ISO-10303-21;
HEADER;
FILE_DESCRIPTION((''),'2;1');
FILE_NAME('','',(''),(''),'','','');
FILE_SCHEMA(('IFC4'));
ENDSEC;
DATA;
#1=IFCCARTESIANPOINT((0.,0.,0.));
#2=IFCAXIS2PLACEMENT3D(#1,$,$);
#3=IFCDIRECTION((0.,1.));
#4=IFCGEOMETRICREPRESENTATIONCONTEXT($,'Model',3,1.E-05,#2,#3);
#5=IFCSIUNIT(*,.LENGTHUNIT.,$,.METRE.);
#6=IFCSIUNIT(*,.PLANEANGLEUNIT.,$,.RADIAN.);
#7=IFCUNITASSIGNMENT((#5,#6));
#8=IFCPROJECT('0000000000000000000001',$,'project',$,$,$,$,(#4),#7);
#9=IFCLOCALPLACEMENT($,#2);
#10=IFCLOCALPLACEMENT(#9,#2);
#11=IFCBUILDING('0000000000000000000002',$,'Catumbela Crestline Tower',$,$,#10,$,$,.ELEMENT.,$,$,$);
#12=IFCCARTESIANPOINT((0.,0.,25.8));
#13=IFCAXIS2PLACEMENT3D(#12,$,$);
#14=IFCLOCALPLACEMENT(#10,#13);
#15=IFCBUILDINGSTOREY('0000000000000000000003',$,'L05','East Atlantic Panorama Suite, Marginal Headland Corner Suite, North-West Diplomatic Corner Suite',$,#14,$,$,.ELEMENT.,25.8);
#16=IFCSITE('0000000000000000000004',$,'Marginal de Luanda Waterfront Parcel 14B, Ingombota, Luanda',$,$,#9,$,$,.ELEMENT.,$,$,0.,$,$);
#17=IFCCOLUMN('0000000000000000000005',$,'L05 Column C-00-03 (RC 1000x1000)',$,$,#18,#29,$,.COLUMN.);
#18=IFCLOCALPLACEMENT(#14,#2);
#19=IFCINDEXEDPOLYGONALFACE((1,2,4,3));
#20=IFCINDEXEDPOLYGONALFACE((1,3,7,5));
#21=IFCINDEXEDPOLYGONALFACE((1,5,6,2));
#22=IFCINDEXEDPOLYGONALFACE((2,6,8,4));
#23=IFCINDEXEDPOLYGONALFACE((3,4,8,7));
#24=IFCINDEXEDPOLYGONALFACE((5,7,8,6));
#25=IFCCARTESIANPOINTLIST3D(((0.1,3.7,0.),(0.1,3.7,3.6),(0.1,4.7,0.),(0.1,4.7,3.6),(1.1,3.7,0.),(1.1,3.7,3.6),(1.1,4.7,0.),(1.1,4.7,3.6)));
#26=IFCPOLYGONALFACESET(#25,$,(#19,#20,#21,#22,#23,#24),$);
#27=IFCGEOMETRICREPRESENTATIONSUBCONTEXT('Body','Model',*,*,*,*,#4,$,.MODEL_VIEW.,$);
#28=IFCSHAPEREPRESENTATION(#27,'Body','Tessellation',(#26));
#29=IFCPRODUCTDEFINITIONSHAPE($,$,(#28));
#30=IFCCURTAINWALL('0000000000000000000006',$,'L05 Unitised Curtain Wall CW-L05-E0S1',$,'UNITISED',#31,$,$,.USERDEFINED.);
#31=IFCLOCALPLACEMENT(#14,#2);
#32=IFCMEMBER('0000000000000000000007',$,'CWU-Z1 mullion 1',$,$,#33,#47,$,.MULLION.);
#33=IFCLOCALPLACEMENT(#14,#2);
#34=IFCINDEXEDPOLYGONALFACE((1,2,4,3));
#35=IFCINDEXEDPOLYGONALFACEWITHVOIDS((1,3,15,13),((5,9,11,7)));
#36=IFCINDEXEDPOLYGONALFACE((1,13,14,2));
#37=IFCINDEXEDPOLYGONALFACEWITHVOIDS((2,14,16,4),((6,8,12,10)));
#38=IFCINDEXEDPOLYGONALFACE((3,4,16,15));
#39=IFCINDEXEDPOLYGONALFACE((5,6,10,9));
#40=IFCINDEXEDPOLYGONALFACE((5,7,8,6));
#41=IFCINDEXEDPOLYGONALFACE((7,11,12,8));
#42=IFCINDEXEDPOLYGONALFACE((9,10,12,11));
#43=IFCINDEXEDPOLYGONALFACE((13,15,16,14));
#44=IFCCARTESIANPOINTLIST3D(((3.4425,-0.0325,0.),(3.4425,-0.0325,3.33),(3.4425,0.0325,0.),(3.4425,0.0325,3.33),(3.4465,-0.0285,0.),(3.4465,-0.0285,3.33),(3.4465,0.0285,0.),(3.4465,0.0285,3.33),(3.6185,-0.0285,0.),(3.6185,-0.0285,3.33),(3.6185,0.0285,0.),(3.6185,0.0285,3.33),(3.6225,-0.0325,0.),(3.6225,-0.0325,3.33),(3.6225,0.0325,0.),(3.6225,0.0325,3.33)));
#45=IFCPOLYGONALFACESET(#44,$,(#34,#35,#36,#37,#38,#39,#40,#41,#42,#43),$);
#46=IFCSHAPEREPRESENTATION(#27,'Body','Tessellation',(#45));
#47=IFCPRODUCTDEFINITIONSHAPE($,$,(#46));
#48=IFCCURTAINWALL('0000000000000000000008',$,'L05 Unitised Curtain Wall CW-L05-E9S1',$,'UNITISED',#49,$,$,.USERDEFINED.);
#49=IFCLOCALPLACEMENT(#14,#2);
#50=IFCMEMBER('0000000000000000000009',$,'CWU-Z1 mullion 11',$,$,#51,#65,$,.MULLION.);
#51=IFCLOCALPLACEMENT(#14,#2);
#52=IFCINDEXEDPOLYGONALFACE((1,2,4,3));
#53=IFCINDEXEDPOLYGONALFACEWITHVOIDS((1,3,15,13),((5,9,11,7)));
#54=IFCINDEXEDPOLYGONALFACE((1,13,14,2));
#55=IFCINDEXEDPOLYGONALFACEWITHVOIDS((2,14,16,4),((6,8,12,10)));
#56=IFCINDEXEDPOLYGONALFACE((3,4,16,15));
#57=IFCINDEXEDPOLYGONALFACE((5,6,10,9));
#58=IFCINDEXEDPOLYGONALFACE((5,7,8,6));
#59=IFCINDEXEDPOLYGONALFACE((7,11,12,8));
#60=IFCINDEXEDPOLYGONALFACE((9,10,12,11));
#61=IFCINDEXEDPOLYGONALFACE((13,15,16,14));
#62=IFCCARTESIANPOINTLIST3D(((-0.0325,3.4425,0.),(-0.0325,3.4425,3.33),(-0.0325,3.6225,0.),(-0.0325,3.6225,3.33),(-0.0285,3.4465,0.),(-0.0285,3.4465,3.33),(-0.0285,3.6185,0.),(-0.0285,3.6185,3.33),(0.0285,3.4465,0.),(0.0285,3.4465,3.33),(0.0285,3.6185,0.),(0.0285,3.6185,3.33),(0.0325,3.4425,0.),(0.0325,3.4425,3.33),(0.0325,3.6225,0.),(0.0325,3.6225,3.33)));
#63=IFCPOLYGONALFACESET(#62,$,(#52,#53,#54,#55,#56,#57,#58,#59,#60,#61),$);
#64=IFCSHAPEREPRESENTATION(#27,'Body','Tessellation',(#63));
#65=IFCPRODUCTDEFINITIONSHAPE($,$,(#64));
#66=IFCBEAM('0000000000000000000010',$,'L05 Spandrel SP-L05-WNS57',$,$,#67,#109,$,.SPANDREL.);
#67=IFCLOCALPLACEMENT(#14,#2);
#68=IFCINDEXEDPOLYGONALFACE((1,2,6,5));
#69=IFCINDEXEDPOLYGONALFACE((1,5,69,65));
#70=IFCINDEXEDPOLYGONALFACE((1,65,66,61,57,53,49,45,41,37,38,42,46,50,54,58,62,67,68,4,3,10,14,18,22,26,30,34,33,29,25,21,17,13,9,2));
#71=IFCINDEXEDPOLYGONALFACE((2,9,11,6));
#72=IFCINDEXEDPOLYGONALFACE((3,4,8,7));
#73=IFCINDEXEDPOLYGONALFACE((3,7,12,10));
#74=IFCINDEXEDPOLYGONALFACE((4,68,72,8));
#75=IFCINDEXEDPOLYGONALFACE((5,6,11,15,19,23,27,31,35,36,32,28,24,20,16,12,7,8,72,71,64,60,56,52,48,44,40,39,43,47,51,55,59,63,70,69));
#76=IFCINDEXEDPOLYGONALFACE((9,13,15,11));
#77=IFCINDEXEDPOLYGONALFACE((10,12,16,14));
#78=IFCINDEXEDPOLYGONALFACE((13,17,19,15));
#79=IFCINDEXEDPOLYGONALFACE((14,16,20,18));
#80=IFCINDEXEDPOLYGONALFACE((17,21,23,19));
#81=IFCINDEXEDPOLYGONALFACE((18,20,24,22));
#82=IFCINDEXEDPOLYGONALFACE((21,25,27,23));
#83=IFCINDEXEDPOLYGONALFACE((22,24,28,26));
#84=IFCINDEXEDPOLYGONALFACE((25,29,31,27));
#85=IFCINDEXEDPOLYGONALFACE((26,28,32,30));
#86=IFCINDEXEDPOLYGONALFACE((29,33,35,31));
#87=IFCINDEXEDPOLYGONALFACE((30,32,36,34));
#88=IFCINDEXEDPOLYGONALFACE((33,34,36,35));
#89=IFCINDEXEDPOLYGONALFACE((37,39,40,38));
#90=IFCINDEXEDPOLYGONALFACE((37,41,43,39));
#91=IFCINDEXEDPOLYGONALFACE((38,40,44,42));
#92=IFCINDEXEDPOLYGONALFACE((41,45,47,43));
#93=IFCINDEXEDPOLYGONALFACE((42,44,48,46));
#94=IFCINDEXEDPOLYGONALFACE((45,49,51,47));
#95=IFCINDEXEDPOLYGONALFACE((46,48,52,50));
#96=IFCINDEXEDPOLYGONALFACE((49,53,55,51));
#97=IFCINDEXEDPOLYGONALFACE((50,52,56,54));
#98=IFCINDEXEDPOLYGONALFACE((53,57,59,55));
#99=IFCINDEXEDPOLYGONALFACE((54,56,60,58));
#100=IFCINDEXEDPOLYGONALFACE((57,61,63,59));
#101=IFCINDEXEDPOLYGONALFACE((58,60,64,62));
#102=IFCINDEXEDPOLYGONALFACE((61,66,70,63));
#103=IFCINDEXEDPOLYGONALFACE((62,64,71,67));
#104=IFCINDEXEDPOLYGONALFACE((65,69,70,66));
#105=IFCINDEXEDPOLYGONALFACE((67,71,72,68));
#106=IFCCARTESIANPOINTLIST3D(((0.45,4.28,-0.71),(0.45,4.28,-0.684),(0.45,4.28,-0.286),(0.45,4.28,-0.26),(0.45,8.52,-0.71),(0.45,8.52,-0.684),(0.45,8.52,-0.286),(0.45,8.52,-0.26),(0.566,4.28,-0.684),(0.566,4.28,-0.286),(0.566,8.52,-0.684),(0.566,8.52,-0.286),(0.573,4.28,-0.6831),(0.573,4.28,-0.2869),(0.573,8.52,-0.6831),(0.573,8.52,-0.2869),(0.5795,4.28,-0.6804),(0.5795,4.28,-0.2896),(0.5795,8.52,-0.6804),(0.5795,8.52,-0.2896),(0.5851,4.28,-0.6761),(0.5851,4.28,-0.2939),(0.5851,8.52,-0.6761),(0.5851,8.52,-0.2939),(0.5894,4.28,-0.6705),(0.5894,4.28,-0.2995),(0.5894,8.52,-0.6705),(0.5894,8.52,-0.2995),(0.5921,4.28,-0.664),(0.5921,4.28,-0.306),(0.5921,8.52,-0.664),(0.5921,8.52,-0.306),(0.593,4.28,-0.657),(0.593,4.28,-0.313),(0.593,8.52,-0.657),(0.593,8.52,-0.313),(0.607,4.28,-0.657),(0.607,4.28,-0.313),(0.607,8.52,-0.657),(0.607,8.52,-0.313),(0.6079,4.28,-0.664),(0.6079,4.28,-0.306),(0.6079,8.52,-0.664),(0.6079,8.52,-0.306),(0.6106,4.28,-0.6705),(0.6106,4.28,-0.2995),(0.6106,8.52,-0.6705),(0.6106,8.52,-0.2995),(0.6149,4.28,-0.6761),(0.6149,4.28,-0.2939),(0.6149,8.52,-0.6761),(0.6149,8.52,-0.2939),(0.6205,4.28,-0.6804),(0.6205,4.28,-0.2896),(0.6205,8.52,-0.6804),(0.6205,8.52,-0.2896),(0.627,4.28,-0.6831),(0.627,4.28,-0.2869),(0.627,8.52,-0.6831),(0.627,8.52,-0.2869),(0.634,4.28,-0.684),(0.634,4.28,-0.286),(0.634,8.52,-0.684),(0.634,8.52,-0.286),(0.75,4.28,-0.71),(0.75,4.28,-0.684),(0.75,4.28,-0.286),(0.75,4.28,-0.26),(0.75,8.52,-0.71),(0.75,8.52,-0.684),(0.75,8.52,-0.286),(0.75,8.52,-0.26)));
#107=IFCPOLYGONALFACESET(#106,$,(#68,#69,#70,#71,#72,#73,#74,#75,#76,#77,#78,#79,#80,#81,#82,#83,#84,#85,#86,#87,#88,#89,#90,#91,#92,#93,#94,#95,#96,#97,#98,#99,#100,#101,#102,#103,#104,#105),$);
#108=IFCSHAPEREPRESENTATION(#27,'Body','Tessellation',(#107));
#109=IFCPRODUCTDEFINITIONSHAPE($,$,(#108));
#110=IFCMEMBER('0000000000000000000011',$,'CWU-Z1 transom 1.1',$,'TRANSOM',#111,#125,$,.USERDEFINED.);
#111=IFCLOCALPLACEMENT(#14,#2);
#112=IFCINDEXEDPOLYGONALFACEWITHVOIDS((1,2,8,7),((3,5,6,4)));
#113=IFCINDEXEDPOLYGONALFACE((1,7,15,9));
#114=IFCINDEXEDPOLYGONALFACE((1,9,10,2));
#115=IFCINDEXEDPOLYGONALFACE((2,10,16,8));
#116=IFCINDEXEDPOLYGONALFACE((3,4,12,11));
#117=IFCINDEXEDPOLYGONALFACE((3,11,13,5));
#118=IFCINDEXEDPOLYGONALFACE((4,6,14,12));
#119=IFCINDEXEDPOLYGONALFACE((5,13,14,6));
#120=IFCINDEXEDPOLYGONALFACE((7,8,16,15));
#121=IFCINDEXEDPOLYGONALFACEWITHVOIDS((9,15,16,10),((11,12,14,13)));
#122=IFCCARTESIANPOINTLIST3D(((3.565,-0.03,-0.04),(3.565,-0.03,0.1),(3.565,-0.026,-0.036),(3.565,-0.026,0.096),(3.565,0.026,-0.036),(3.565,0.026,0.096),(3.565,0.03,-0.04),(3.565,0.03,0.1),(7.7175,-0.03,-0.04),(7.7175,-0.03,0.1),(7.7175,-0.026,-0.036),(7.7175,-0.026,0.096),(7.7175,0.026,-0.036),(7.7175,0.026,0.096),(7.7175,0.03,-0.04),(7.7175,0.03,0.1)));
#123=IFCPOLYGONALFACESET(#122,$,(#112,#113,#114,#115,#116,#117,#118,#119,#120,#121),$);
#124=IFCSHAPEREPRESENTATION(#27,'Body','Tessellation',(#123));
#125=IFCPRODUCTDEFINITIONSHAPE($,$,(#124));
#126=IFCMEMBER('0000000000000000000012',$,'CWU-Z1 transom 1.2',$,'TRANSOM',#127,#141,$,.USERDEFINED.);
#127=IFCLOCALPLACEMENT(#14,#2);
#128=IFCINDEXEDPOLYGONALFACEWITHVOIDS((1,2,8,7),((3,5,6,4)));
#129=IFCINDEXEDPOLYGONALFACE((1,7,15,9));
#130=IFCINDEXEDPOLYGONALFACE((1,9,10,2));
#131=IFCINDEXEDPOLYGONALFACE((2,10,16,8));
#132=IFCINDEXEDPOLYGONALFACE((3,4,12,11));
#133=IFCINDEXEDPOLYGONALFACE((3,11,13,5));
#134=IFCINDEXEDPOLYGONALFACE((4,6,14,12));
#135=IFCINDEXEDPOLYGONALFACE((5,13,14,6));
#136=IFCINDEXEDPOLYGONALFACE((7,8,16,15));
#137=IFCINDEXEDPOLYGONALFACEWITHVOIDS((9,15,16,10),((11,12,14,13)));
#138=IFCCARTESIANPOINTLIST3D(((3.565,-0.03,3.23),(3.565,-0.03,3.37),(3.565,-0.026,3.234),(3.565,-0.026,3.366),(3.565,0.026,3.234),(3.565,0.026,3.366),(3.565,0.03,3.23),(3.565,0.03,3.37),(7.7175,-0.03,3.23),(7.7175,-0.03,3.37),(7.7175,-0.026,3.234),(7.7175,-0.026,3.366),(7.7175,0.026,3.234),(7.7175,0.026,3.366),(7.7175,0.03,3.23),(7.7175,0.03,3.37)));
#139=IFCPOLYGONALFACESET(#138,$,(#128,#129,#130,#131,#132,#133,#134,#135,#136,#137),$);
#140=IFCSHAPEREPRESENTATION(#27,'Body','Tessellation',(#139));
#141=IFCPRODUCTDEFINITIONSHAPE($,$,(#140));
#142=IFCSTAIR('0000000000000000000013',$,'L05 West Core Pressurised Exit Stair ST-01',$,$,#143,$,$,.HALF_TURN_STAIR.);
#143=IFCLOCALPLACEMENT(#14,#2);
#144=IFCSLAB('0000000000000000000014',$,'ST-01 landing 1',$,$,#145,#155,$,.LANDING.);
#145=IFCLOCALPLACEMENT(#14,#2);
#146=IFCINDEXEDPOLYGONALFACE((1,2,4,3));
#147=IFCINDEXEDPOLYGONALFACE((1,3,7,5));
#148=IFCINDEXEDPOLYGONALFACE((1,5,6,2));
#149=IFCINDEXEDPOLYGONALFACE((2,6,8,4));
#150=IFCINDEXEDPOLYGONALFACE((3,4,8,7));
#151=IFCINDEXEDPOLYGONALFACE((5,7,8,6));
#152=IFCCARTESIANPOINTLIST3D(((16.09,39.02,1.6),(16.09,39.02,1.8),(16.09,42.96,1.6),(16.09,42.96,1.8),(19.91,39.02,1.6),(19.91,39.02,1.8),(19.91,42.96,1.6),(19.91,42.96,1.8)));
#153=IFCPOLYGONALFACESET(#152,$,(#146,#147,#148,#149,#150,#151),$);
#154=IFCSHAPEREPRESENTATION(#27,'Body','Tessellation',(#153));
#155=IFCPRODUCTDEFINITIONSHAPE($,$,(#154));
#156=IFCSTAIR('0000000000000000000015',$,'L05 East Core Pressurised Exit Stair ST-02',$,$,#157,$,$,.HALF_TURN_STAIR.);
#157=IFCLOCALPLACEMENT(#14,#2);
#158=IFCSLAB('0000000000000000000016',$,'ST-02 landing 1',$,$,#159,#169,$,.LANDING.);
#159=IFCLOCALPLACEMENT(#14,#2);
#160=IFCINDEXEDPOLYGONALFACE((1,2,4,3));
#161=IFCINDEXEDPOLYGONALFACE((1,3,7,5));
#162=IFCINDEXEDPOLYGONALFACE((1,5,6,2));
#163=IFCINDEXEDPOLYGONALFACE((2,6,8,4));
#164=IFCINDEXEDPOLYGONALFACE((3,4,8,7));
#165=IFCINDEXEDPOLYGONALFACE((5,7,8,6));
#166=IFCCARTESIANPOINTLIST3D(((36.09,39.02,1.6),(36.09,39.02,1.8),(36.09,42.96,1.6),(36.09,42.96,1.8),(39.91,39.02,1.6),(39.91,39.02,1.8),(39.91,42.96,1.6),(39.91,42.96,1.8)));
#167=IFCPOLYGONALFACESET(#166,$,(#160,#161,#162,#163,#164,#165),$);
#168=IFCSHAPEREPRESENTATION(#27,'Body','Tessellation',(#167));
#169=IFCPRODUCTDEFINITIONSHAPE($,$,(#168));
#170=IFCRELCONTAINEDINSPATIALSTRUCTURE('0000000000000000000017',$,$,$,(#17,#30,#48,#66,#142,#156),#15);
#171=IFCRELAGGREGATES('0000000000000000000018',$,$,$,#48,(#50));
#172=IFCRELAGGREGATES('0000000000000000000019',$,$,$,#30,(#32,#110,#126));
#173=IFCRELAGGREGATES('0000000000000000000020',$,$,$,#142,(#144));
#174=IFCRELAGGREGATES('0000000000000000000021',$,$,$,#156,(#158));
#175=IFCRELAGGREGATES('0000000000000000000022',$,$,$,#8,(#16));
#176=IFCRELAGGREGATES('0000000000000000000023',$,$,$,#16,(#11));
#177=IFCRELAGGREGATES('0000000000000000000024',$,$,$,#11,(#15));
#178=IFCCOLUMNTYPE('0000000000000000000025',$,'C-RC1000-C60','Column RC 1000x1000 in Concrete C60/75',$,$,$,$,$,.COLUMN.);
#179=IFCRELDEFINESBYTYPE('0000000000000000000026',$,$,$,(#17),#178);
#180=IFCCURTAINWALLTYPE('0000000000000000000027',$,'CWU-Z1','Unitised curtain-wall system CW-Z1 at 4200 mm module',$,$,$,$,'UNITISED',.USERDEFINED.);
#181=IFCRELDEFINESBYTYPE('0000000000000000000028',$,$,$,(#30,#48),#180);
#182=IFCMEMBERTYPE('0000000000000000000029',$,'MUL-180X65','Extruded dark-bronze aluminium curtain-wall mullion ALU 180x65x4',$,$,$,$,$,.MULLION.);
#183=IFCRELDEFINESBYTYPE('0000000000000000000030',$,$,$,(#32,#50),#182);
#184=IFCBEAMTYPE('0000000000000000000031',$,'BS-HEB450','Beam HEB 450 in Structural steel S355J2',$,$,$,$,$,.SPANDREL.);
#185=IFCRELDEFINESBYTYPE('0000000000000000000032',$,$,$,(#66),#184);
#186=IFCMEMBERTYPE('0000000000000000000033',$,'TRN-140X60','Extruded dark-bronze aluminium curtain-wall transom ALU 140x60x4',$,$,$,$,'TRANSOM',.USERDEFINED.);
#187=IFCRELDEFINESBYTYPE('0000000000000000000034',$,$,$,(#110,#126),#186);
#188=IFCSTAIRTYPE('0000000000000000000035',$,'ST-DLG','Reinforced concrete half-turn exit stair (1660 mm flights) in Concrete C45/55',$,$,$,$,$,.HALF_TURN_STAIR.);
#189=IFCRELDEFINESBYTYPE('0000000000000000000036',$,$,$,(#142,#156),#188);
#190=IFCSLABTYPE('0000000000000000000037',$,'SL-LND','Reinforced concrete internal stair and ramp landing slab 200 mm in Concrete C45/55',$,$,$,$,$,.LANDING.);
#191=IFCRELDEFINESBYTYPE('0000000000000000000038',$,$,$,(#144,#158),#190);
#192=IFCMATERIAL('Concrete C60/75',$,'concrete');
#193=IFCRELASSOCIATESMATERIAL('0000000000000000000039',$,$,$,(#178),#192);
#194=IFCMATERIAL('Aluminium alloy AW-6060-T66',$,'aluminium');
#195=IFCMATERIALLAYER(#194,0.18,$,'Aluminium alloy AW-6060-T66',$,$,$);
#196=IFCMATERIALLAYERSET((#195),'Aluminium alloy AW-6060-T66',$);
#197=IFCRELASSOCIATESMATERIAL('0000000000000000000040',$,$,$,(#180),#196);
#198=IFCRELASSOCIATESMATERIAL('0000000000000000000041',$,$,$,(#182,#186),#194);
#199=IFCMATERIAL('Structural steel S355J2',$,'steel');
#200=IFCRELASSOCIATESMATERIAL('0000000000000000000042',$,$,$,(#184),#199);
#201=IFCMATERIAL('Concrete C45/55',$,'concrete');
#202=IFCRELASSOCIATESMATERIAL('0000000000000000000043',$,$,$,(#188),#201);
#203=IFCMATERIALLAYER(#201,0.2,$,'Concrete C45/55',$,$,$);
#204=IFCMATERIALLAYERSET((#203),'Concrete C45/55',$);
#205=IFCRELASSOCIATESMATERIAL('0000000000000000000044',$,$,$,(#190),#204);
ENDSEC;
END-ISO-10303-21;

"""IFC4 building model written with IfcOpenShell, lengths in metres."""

from ifc_helpers import new_model, si_unit, direction, frame, origin, origin_2d, place, context, subcontext, project, spatial, polyline, rectangle, hollow_rectangle, i_section, outline, extrude, material, layer, layer_set, material_profile, profile_set, type_object, element, aggregate, save


model = new_model("IFC4")

# Units and contexts
model_context = context("Model", 3, precision=1e-05, world=origin(), true_north=direction((0.0, 1.0)))
body_context = subcontext(model_context, "Body", "Model", "MODEL_VIEW")
ifc_project = project(units=[si_unit("LENGTHUNIT", "METRE"), si_unit("PLANEANGLEUNIT", "RADIAN")], contexts=[model_context])

# Site, building, storey
site_placement = place(None, origin())
site = spatial("IfcSite", under=ifc_project, at=site_placement, Name="Marginal de Luanda Waterfront Parcel 14B, Ingombota, Luanda", CompositionType="ELEMENT", RefElevation=0.0)
building_placement = place(site_placement, origin())
building = spatial("IfcBuilding", under=site, at=building_placement, Name="Catumbela Crestline Tower", CompositionType="ELEMENT")
storey_placement = place(building_placement, frame((0.0, 0.0, 25.8)))
storey = spatial("IfcBuildingStorey", under=building, at=storey_placement, Name="L05", Description="East Atlantic Panorama Suite, Marginal Headland Corner Suite, North-West Diplomatic Corner Suite", CompositionType="ELEMENT", Elevation=25.8)

# Column
ifc_material_1 = material(Name="Concrete C60/75", Category="concrete")
ifc_material_profile_1 = material_profile(ifc_material_1, rectangle(XDim=1.0, YDim=1.0, at=origin_2d()), Name="RC 1000x1000")
ifc_profile_set_1 = profile_set([ifc_material_profile_1], Name="Concrete C60/75")
column_type = type_object("IfcColumnType", Name="C-RC1000-C60", Description="Column RC 1000x1000 in Concrete C60/75", PredefinedType="COLUMN", material=ifc_profile_set_1)
column_placement = place(storey_placement, frame((0.6, 4.2, 0.0), z_axis=(0.0, 0.0, 1.0), x_axis=(1.0, 0.0, 0.0)))
element("IfcColumn", 1, at=column_placement, inside=storey, type_object=column_type, Name="L05 Column C-00-03 (RC 1000x1000)", PredefinedType="COLUMN", context=body_context, shape_type="SweptSolid", body=[
    extrude(rectangle(XDim=1.0, YDim=1.0, at=origin_2d()), origin(), (0.0, 0.0, 1.0), 3.6),
])

# Curtain walls, members
ifc_material_2 = material(Name="Aluminium alloy AW-6060-T66", Category="aluminium")
ifc_layer_1 = layer(ifc_material_2, 0.18, Name="Aluminium alloy AW-6060-T66")
ifc_layer_set_1 = layer_set([ifc_layer_1], Name="Aluminium alloy AW-6060-T66")
curtain_wall_type = type_object("IfcCurtainWallType", Name="CWU-Z1", Description="Unitised curtain-wall system CW-Z1 at 4200 mm module", ElementType="UNITISED", PredefinedType="USERDEFINED", material=ifc_layer_set_1)
curtain_wall_1_placement = place(storey_placement, origin())
curtain_wall_1 = element("IfcCurtainWall", 2, at=curtain_wall_1_placement, inside=storey, type_object=curtain_wall_type, Name="L05 Unitised Curtain Wall CW-L05-E0S1", ObjectType="UNITISED", PredefinedType="USERDEFINED")
ifc_material_profile_2 = material_profile(ifc_material_2, hollow_rectangle(XDim=0.065, YDim=0.18, WallThickness=0.004, at=origin_2d()), Name="ALU 180x65x4")
ifc_profile_set_2 = profile_set([ifc_material_profile_2], Name="Aluminium alloy AW-6060-T66")
member_type_1 = type_object("IfcMemberType", Name="MUL-180X65", Description="Extruded dark-bronze aluminium curtain-wall mullion ALU 180x65x4", PredefinedType="MULLION", material=ifc_profile_set_2)
member_1_placement = place(storey_placement, frame((3.5325, 0.0, 0.0), z_axis=(0.0, 0.0, 1.0), x_axis=(0.0, 1.0, 0.0)))
member_1 = element("IfcMember", 3, at=member_1_placement, type_object=member_type_1, Name="CWU-Z1 mullion 1", PredefinedType="MULLION", context=body_context, shape_type="SweptSolid", body=[
    extrude(hollow_rectangle(XDim=0.065, YDim=0.18, WallThickness=0.004, at=origin_2d()), origin(), (0.0, 0.0, 1.0), 3.33),
])
curtain_wall_2_placement = place(storey_placement, origin())
curtain_wall_2 = element("IfcCurtainWall", 4, at=curtain_wall_2_placement, inside=storey, type_object=curtain_wall_type, Name="L05 Unitised Curtain Wall CW-L05-E9S1", ObjectType="UNITISED", PredefinedType="USERDEFINED")
member_2_placement = place(storey_placement, frame((0.0, 3.5325, 0.0), z_axis=(0.0, 0.0, 1.0), x_axis=(1.0, 0.0, 0.0)))
member_2 = element("IfcMember", 5, at=member_2_placement, type_object=member_type_1, Name="CWU-Z1 mullion 11", PredefinedType="MULLION", context=body_context, shape_type="SweptSolid", body=[
    extrude(hollow_rectangle(XDim=0.065, YDim=0.18, WallThickness=0.004, at=origin_2d()), origin(), (0.0, 0.0, 1.0), 3.33),
])
aggregate(curtain_wall_2, [member_2])

# Beam
ifc_material_3 = material(Name="Structural steel S355J2", Category="steel")
ifc_material_profile_3 = material_profile(ifc_material_3, i_section(OverallWidth=0.3, OverallDepth=0.45, WebThickness=0.014, FlangeThickness=0.026, FilletRadius=0.027, at=origin_2d()), Name="HEB 450")
ifc_profile_set_3 = profile_set([ifc_material_profile_3], Name="Structural steel S355J2")
beam_type = type_object("IfcBeamType", Name="BS-HEB450", Description="Beam HEB 450 in Structural steel S355J2", PredefinedType="SPANDREL", material=ifc_profile_set_3)
beam_placement = place(storey_placement, frame((0.6, 4.28, -0.485), z_axis=(0.0, 1.0, 0.0), x_axis=(-1.0, 0.0, 0.0)))
element("IfcBeam", 6, at=beam_placement, inside=storey, type_object=beam_type, Name="L05 Spandrel SP-L05-WNS57", PredefinedType="SPANDREL", context=body_context, shape_type="SweptSolid", body=[
    extrude(i_section(OverallWidth=0.3, OverallDepth=0.45, WebThickness=0.014, FlangeThickness=0.026, FilletRadius=0.027, at=origin_2d()), origin(), (0.0, 0.0, 1.0), 4.24),
])

# Members
ifc_material_profile_4 = material_profile(ifc_material_2, hollow_rectangle(XDim=0.06, YDim=0.14, WallThickness=0.004, at=origin_2d()), Name="ALU 140x60x4")
ifc_profile_set_4 = profile_set([ifc_material_profile_4], Name="Aluminium alloy AW-6060-T66")
member_type_2 = type_object("IfcMemberType", Name="TRN-140X60", Description="Extruded dark-bronze aluminium curtain-wall transom ALU 140x60x4", ElementType="TRANSOM", PredefinedType="USERDEFINED", material=ifc_profile_set_4)
member_3_placement = place(storey_placement, frame((3.565, 0.0, 0.03), z_axis=(1.0, 0.0, 0.0), x_axis=(0.0, 1.0, 0.0)))
member_3 = element("IfcMember", 7, at=member_3_placement, type_object=member_type_2, Name="CWU-Z1 transom 1.1", ObjectType="TRANSOM", PredefinedType="USERDEFINED", context=body_context, shape_type="SweptSolid", body=[
    extrude(hollow_rectangle(XDim=0.06, YDim=0.14, WallThickness=0.004, at=origin_2d()), origin(), (0.0, 0.0, 1.0), 4.1525),
])
member_4_placement = place(storey_placement, frame((3.565, 0.0, 3.3), z_axis=(1.0, 0.0, 0.0), x_axis=(0.0, 1.0, 0.0)))
member_4 = element("IfcMember", 8, at=member_4_placement, type_object=member_type_2, Name="CWU-Z1 transom 1.2", ObjectType="TRANSOM", PredefinedType="USERDEFINED", context=body_context, shape_type="SweptSolid", body=[
    extrude(hollow_rectangle(XDim=0.06, YDim=0.14, WallThickness=0.004, at=origin_2d()), origin(), (0.0, 0.0, 1.0), 4.1525),
])
aggregate(curtain_wall_1, [member_1, member_3, member_4])

# Stairs, slabs
ifc_material_4 = material(Name="Concrete C45/55", Category="concrete")
stair_type = type_object("IfcStairType", Name="ST-DLG", Description="Reinforced concrete half-turn exit stair (1660 mm flights) in Concrete C45/55", PredefinedType="HALF_TURN_STAIR", material=ifc_material_4)
stair_1_placement = place(storey_placement, origin())
stair_1 = element("IfcStair", 9, at=stair_1_placement, inside=storey, type_object=stair_type, Name="L05 West Core Pressurised Exit Stair ST-01", PredefinedType="HALF_TURN_STAIR")
ifc_layer_2 = layer(ifc_material_4, 0.2, Name="Concrete C45/55")
ifc_layer_set_2 = layer_set([ifc_layer_2], Name="Concrete C45/55")
slab_type_1 = type_object("IfcSlabType", Name="SL-LND", Description="Reinforced concrete internal stair and ramp landing slab 200 mm in Concrete C45/55", PredefinedType="LANDING", material=ifc_layer_set_2)
slab_1_placement = place(storey_placement, frame((0.0, 0.0, 1.6)))
slab_1 = element("IfcSlab", 10, at=slab_1_placement, type_object=slab_type_1, Name="ST-01 landing 1", PredefinedType="LANDING", context=body_context, shape_type="SweptSolid", body=[
    extrude(outline(polyline([(19.91, 39.02), (19.91, 42.96), (16.09, 42.96), (16.09, 39.02), (19.91, 39.02)])), origin(), (0.0, 0.0, 1.0), 0.2),
])
aggregate(stair_1, [slab_1])
stair_2_placement = place(storey_placement, origin())
stair_2 = element("IfcStair", 11, at=stair_2_placement, inside=storey, type_object=stair_type, Name="L05 East Core Pressurised Exit Stair ST-02", PredefinedType="HALF_TURN_STAIR")
slab_2_placement = place(storey_placement, frame((0.0, 0.0, 1.6)))
slab_2 = element("IfcSlab", 12, at=slab_2_placement, type_object=slab_type_1, Name="ST-02 landing 1", PredefinedType="LANDING", context=body_context, shape_type="SweptSolid", body=[
    extrude(outline(polyline([(39.91, 39.02), (39.91, 42.96), (36.09, 42.96), (36.09, 39.02), (39.91, 39.02)])), origin(), (0.0, 0.0, 1.0), 0.2),
])
aggregate(stair_2, [slab_2])

save(model, "model.ifc")
